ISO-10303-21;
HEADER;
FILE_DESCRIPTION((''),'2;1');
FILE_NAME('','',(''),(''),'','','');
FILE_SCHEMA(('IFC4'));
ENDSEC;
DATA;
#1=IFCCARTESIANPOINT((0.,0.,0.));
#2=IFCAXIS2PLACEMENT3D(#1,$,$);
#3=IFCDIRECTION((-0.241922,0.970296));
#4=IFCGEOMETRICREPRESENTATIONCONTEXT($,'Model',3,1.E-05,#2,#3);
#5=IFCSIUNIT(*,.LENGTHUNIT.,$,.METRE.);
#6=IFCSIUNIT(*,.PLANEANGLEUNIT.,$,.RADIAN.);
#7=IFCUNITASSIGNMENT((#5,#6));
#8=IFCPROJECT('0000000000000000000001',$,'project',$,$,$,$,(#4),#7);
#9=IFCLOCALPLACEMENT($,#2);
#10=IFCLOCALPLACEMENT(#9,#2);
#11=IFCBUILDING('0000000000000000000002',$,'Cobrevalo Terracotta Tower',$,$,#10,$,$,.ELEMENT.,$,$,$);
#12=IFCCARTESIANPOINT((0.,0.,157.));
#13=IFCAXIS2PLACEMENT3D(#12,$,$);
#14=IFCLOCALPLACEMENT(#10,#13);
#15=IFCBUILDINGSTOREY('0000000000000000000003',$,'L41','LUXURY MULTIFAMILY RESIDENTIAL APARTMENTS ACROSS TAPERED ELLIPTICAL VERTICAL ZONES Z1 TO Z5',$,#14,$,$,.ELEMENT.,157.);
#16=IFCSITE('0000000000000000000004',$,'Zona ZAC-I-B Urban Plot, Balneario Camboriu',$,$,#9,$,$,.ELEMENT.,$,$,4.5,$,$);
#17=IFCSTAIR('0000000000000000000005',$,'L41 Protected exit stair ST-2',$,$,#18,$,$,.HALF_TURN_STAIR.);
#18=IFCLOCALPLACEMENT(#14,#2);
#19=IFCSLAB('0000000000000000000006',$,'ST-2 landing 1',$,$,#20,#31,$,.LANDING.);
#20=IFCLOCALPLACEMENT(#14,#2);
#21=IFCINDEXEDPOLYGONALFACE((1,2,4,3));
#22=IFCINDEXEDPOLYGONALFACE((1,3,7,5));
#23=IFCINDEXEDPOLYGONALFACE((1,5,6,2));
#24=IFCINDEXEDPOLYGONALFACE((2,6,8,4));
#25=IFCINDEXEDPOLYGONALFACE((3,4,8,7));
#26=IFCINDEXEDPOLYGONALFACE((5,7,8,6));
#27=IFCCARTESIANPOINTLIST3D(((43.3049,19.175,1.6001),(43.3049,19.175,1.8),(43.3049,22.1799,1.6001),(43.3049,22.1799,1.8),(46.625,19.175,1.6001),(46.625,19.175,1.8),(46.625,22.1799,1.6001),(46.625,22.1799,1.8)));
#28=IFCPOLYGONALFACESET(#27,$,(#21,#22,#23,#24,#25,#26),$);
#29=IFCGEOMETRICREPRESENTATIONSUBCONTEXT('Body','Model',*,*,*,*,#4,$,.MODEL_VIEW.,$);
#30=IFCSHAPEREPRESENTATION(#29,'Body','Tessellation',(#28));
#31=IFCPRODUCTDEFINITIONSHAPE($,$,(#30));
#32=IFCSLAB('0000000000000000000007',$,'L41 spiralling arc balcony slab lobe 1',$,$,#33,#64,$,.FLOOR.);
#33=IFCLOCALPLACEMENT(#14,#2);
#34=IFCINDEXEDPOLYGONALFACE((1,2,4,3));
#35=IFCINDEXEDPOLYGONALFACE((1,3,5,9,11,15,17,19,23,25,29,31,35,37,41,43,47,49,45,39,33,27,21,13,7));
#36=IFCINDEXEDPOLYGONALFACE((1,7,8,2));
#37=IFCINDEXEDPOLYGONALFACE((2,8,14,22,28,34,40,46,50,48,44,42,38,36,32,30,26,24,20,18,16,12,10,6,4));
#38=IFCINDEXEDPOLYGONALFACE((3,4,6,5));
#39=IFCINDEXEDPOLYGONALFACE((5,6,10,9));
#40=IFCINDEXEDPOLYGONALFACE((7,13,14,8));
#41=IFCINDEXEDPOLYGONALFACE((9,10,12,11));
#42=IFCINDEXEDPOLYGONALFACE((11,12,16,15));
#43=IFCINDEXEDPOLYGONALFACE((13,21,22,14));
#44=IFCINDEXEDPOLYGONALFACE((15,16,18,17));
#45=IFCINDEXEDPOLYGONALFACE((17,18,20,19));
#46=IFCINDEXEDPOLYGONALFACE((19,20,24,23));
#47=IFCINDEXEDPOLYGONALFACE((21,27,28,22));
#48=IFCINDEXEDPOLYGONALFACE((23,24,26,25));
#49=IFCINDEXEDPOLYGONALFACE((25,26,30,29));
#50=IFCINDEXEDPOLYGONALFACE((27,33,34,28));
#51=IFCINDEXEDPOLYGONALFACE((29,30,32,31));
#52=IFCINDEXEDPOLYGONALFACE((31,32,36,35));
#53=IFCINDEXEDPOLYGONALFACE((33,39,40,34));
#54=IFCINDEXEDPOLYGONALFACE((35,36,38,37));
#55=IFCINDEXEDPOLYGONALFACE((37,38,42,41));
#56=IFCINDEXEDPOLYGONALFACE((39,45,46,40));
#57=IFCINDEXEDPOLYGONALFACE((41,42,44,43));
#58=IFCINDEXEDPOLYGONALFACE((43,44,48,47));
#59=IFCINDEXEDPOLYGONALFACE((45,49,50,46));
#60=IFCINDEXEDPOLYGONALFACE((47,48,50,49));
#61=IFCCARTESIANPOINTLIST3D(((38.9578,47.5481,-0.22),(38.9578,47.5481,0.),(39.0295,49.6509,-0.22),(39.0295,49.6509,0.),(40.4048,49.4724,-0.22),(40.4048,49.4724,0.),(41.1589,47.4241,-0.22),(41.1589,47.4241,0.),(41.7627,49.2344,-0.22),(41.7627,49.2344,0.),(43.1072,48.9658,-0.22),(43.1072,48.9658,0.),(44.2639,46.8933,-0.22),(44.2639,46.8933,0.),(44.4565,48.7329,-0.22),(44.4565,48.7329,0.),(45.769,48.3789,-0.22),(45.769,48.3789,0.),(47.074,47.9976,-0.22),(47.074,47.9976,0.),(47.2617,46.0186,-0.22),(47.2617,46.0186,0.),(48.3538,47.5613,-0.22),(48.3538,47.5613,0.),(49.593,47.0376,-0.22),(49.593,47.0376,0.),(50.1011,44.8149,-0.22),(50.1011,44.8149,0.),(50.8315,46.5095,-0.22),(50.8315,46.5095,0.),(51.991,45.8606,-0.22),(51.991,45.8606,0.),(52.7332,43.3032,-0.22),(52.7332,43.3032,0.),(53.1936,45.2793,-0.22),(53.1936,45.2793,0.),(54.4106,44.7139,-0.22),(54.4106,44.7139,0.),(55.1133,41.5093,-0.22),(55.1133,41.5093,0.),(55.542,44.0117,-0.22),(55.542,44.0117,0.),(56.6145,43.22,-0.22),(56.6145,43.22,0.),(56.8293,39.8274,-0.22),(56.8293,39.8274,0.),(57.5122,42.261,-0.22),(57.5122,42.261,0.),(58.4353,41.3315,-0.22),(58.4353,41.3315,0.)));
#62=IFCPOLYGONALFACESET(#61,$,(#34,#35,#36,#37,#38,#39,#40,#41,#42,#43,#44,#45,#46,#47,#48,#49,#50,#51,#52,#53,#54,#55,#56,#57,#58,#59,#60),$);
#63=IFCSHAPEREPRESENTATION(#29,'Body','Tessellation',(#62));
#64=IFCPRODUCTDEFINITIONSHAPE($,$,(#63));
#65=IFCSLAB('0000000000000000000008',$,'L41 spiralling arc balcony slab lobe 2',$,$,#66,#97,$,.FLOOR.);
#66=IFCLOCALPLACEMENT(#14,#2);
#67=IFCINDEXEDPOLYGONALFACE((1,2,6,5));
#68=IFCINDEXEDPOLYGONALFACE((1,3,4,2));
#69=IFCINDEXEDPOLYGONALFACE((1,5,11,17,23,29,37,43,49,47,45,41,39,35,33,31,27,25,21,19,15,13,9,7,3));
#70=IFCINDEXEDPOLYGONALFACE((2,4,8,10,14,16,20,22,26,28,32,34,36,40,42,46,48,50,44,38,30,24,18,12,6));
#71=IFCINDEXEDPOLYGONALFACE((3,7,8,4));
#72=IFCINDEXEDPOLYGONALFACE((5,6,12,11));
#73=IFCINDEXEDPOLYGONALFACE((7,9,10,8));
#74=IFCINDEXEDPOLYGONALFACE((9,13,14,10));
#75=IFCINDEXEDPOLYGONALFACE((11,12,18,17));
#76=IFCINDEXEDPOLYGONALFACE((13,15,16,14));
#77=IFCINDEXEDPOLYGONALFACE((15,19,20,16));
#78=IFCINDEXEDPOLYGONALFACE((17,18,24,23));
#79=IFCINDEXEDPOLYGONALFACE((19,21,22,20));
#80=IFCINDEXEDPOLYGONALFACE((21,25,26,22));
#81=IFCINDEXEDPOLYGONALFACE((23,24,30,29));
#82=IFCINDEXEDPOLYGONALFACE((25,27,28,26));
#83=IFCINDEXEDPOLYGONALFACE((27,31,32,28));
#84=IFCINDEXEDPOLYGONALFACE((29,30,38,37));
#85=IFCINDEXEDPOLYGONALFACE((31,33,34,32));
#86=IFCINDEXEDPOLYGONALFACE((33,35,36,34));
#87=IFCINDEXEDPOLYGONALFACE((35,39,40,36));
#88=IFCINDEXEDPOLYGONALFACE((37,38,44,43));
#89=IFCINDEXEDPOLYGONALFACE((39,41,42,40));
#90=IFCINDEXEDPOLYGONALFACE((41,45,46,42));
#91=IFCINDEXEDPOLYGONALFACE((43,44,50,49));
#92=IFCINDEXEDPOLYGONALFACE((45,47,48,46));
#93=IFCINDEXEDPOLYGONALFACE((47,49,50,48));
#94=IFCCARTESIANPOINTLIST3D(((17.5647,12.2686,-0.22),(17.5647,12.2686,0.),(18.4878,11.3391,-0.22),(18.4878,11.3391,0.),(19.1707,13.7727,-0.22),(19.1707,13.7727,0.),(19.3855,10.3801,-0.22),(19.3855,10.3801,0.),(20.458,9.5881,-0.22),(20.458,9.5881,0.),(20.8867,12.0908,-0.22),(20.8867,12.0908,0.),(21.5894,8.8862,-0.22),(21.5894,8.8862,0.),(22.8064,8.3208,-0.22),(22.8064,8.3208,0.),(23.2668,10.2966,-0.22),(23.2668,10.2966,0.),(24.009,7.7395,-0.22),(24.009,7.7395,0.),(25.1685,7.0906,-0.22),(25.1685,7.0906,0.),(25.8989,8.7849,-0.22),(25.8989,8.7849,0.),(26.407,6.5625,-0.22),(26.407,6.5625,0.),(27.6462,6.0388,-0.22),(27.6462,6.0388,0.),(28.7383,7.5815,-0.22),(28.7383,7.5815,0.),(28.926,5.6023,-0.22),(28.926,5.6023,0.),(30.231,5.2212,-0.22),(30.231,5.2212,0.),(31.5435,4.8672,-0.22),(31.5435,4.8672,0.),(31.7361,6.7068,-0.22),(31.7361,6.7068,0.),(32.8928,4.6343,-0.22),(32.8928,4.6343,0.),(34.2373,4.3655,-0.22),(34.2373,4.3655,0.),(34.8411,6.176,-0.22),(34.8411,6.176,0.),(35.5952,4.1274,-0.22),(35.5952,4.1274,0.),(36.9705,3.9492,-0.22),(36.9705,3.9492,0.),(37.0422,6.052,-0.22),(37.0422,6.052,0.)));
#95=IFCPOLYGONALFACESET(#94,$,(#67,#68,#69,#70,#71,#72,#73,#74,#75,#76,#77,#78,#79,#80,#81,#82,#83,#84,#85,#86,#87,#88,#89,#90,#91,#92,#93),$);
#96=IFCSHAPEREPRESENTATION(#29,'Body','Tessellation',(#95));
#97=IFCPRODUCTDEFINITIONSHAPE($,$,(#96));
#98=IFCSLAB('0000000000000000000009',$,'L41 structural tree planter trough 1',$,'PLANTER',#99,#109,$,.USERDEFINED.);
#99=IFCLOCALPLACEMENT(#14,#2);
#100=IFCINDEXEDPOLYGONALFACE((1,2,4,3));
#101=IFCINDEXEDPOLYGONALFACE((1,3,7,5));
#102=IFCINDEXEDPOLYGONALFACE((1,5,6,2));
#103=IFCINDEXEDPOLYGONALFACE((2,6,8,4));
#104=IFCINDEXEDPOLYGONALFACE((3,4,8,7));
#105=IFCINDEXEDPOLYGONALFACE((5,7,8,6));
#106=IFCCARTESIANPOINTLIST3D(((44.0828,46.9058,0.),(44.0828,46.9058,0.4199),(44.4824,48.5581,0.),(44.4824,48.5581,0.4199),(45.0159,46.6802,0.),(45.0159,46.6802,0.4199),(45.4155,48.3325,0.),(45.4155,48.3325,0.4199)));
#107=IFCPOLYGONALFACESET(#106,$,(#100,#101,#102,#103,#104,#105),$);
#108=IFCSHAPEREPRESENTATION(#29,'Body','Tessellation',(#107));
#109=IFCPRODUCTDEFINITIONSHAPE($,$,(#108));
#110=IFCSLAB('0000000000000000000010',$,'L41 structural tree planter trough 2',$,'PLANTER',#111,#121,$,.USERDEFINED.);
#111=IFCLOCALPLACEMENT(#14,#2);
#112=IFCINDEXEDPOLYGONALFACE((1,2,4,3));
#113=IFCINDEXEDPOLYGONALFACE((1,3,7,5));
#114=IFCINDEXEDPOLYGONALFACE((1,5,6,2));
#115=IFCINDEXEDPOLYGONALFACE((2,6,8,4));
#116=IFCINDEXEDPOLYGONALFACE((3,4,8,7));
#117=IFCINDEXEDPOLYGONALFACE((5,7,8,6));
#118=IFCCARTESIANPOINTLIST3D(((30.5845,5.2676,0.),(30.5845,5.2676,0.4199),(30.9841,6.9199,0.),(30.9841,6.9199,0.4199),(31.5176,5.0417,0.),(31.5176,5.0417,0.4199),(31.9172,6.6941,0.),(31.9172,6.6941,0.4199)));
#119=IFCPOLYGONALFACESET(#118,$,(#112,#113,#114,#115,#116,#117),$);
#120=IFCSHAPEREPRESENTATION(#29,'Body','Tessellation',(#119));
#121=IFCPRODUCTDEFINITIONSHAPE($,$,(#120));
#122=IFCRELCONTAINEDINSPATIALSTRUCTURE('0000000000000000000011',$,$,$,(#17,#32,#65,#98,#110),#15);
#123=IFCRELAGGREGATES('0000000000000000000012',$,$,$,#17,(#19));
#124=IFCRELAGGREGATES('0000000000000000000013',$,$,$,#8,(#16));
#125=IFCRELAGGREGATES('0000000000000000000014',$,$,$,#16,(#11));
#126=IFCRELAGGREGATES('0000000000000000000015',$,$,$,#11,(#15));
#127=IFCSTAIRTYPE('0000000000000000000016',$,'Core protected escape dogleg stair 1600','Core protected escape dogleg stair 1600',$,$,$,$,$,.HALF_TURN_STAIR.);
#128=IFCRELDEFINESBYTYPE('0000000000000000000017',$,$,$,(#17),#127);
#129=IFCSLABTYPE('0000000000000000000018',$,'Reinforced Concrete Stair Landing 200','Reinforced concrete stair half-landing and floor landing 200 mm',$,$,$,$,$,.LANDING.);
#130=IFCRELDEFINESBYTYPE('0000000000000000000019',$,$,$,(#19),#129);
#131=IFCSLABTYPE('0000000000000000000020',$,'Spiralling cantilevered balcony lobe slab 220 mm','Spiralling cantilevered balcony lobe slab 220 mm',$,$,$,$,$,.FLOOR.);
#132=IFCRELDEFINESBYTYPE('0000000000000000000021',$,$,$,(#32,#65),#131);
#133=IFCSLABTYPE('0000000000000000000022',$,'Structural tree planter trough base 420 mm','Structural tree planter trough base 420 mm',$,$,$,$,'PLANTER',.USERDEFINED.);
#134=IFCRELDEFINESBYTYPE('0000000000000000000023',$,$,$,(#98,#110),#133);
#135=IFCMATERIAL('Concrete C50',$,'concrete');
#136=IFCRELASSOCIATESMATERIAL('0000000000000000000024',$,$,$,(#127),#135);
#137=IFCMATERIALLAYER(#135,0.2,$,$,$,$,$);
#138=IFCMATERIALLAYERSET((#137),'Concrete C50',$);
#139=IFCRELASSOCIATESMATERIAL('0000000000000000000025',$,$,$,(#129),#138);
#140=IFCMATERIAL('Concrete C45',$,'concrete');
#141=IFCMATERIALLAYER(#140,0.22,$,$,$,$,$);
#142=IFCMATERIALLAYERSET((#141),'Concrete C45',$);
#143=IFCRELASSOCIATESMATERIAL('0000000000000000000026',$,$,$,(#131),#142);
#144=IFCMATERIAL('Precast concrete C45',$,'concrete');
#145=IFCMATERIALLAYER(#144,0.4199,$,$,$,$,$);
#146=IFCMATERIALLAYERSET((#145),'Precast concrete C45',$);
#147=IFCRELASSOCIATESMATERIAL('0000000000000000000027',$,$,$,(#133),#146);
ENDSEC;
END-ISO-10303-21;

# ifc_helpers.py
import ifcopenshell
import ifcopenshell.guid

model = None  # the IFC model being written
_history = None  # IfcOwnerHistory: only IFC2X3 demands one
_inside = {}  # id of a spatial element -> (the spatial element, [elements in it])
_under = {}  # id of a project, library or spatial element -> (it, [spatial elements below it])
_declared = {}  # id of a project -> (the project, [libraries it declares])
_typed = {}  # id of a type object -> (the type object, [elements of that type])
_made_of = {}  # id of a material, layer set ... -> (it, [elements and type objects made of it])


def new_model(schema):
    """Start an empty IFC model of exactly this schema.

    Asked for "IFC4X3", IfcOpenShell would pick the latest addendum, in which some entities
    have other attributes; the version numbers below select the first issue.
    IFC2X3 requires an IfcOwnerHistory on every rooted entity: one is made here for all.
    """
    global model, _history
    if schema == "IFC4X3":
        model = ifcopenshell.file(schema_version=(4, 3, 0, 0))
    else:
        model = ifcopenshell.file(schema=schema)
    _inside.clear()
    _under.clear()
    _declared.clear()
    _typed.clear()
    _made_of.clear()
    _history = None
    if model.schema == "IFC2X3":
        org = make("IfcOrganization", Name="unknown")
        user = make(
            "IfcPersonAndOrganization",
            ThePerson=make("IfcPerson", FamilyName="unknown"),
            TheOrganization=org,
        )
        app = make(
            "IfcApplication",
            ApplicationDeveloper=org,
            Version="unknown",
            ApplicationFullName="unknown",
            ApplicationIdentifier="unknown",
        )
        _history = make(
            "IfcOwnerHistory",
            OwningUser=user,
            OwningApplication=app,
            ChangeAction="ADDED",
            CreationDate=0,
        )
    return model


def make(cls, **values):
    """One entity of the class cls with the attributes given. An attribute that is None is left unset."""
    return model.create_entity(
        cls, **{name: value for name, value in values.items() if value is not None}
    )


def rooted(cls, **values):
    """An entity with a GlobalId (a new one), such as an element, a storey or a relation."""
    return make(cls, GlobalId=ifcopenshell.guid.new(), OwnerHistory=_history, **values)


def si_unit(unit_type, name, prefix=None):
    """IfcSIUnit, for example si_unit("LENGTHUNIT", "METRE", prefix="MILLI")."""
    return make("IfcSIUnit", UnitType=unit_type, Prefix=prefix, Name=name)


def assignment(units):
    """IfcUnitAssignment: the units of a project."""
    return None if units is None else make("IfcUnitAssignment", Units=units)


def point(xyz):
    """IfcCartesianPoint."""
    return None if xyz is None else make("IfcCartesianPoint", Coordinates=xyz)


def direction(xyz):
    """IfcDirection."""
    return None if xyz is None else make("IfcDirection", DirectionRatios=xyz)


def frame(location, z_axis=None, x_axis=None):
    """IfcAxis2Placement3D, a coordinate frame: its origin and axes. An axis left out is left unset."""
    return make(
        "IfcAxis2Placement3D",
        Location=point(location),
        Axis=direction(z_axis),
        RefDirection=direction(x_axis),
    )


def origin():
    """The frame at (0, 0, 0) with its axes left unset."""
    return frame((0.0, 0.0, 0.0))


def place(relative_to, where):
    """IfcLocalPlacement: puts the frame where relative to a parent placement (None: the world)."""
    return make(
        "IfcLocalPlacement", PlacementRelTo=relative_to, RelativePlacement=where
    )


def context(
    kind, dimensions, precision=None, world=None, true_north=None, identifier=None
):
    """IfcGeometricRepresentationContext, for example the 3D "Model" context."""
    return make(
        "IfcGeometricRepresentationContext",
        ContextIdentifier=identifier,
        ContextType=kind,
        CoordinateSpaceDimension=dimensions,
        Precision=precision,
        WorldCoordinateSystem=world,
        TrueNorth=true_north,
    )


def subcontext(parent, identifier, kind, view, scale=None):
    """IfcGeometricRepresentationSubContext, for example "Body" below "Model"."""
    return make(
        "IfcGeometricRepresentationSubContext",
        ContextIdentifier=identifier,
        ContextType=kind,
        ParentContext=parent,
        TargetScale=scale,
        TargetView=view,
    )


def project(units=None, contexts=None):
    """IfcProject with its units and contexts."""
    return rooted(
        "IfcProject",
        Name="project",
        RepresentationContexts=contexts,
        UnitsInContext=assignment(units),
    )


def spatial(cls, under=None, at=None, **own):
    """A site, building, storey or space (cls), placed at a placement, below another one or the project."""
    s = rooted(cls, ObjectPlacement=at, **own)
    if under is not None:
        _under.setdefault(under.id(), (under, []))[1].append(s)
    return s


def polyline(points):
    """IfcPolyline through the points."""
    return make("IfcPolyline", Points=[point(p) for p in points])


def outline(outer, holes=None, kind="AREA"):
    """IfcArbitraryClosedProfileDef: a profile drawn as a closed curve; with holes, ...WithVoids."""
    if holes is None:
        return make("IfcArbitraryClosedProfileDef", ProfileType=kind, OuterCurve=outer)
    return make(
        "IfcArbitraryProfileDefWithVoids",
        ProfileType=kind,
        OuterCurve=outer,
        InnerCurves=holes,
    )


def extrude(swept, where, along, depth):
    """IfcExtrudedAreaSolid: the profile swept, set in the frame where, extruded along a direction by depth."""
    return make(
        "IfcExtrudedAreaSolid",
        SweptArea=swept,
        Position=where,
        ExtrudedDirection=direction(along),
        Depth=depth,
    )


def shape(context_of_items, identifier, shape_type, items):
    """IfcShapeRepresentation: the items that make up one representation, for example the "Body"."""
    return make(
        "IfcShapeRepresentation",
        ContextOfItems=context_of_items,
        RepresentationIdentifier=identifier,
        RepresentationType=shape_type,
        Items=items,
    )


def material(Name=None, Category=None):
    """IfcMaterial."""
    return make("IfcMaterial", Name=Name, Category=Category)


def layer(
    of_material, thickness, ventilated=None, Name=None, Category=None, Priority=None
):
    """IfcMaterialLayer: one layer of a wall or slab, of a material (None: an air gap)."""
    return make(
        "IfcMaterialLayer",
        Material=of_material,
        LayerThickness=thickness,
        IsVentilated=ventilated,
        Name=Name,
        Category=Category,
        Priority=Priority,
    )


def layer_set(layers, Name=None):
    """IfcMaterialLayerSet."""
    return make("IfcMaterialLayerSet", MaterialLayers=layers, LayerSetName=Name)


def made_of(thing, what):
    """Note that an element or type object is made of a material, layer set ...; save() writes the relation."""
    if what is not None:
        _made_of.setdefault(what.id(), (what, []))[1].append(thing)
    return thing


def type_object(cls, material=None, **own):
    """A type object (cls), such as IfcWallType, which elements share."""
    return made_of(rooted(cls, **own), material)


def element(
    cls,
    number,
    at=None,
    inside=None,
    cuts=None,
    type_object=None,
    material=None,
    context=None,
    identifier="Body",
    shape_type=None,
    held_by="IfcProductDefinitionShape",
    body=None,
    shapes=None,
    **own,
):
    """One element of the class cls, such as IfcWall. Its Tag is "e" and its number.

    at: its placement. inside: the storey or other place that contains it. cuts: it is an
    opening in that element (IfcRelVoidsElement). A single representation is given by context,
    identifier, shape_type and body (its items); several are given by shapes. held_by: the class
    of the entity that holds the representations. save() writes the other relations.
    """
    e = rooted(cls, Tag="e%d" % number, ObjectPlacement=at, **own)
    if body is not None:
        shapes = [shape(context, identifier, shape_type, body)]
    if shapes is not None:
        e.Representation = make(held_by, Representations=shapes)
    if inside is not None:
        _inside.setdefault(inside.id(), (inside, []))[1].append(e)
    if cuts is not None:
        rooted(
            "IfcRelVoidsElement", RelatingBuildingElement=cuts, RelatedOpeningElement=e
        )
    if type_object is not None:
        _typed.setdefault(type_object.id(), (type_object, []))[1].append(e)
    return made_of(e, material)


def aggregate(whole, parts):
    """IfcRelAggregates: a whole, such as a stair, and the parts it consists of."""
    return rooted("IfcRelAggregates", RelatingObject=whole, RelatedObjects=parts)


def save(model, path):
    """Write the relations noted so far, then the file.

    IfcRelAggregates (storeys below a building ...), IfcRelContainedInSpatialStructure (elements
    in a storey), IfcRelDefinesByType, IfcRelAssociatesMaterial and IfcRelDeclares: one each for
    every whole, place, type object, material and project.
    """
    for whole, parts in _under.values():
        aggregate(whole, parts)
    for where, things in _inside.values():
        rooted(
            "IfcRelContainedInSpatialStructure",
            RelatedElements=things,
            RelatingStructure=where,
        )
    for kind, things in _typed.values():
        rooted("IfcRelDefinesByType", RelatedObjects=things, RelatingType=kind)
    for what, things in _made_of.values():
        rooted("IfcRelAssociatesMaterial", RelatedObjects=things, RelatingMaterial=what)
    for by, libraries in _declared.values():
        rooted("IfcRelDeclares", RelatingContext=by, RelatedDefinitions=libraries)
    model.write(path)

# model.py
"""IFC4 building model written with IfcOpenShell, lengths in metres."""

from ifc_helpers import new_model, si_unit, direction, frame, origin, place, context, subcontext, project, spatial, polyline, outline, extrude, material, layer, layer_set, type_object, element, aggregate, save


model = new_model("IFC4")

# Units and contexts
model_context = context("Model", 3, precision=1e-05, world=origin(), true_north=direction((-0.241922, 0.970296)))
body_context = subcontext(model_context, "Body", "Model", "MODEL_VIEW")
ifc_project = project(units=[si_unit("LENGTHUNIT", "METRE"), si_unit("PLANEANGLEUNIT", "RADIAN")], contexts=[model_context])

# Site, building, storey
site_placement = place(None, origin())
site = spatial("IfcSite", under=ifc_project, at=site_placement, Name="Zona ZAC-I-B Urban Plot, Balneario Camboriu", CompositionType="ELEMENT", RefElevation=4.5)
building_placement = place(site_placement, origin())
building = spatial("IfcBuilding", under=site, at=building_placement, Name="Cobrevalo Terracotta Tower", CompositionType="ELEMENT")
storey_placement = place(building_placement, frame((0.0, 0.0, 157.0)))
storey = spatial("IfcBuildingStorey", under=building, at=storey_placement, Name="L41", Description="LUXURY MULTIFAMILY RESIDENTIAL APARTMENTS ACROSS TAPERED ELLIPTICAL VERTICAL ZONES Z1 TO Z5", CompositionType="ELEMENT", Elevation=157.0)

# Stair, slab
ifc_material_1 = material(Name="Concrete C50", Category="concrete")
stair_type = type_object("IfcStairType", Name="Core protected escape dogleg stair 1600", Description="Core protected escape dogleg stair 1600", PredefinedType="HALF_TURN_STAIR", material=ifc_material_1)
ifc_layer_1 = layer(ifc_material_1, 0.2)
ifc_layer_set_1 = layer_set([ifc_layer_1], Name="Concrete C50")
slab_type_1 = type_object("IfcSlabType", Name="Reinforced Concrete Stair Landing 200", Description="Reinforced concrete stair half-landing and floor landing 200 mm", PredefinedType="LANDING", material=ifc_layer_set_1)
stair_1_placement = place(storey_placement, origin())
stair_1 = element("IfcStair", 1, at=stair_1_placement, inside=storey, type_object=stair_type, Name="L41 Protected exit stair ST-2", PredefinedType="HALF_TURN_STAIR")
slab_1_placement = place(storey_placement, frame((0.0, 0.0, 1.6001)))
slab_1 = element("IfcSlab", 2, at=slab_1_placement, type_object=slab_type_1, Name="ST-2 landing 1", PredefinedType="LANDING", context=body_context, shape_type="SweptSolid", body=[
    extrude(outline(polyline([(43.3049, 22.1799), (43.3049, 19.175), (46.625, 19.175), (46.625, 22.1799), (43.3049, 22.1799)])), origin(), (0.0, 0.0, 1.0), 0.2),
])
aggregate(stair_1, [slab_1])

# Slabs
ifc_material_2 = material(Name="Concrete C45", Category="concrete")
ifc_layer_2 = layer(ifc_material_2, 0.22)
ifc_layer_set_2 = layer_set([ifc_layer_2], Name="Concrete C45")
slab_type_2 = type_object("IfcSlabType", Name="Spiralling cantilevered balcony lobe slab 220 mm", Description="Spiralling cantilevered balcony lobe slab 220 mm", PredefinedType="FLOOR", material=ifc_layer_set_2)
slab_2_placement = place(storey_placement, frame((0.0, 0.0, -0.22)))
element("IfcSlab", 3, at=slab_2_placement, inside=storey, type_object=slab_type_2, Name="L41 spiralling arc balcony slab lobe 1", PredefinedType="FLOOR", context=body_context, shape_type="SweptSolid", body=[
    extrude(outline(polyline([(58.4353, 41.3315), (57.5122, 42.261), (56.6145, 43.22), (55.542, 44.0117), (54.4106, 44.7139), (53.1936, 45.2793), (51.991, 45.8606), (50.8315, 46.5095), (49.593, 47.0376), (48.3538, 47.5613), (47.074, 47.9976), (45.769, 48.3789), (44.4565, 48.7329), (43.1072, 48.9658), (41.7627, 49.2344), (40.4048, 49.4724), (39.0295, 49.6509), (38.9578, 47.5481), (41.1589, 47.4241), (44.2639, 46.8933), (47.2617, 46.0186), (50.1011, 44.8149), (52.7332, 43.3032), (55.1133, 41.5093), (56.8293, 39.8274), (58.4353, 41.3315)])), origin(), (0.0, 0.0, 1.0), 0.22),
])
slab_3_placement = place(storey_placement, frame((0.0, 0.0, -0.22)))
element("IfcSlab", 4, at=slab_3_placement, inside=storey, type_object=slab_type_2, Name="L41 spiralling arc balcony slab lobe 2", PredefinedType="FLOOR", context=body_context, shape_type="SweptSolid", body=[
    extrude(outline(polyline([(17.5647, 12.2686), (18.4878, 11.3391), (19.3855, 10.3801), (20.458, 9.5881), (21.5894, 8.8862), (22.8064, 8.3208), (24.009, 7.7395), (25.1685, 7.0906), (26.407, 6.5625), (27.6462, 6.0388), (28.926, 5.6023), (30.231, 5.2212), (31.5435, 4.8672), (32.8928, 4.6343), (34.2373, 4.3655), (35.5952, 4.1274), (36.9705, 3.9492), (37.0422, 6.052), (34.8411, 6.176), (31.7361, 6.7068), (28.7383, 7.5815), (25.8989, 8.7849), (23.2668, 10.2966), (20.8867, 12.0908), (19.1707, 13.7727), (17.5647, 12.2686)])), origin(), (0.0, 0.0, 1.0), 0.22),
])
ifc_material_3 = material(Name="Precast concrete C45", Category="concrete")
ifc_layer_3 = layer(ifc_material_3, 0.4199)
ifc_layer_set_3 = layer_set([ifc_layer_3], Name="Precast concrete C45")
slab_type_3 = type_object("IfcSlabType", Name="Structural tree planter trough base 420 mm", Description="Structural tree planter trough base 420 mm", ElementType="PLANTER", PredefinedType="USERDEFINED", material=ifc_layer_set_3)
slab_4_placement = place(storey_placement, origin())
element("IfcSlab", 5, at=slab_4_placement, inside=storey, type_object=slab_type_3, Name="L41 structural tree planter trough 1", ObjectType="PLANTER", PredefinedType="USERDEFINED", context=body_context, shape_type="SweptSolid", body=[
    extrude(outline(polyline([(45.0159, 46.6802), (45.4155, 48.3325), (44.4824, 48.5581), (44.0828, 46.9058), (45.0159, 46.6802)])), origin(), (0.0, 0.0, 1.0), 0.4199),
])
slab_5_placement = place(storey_placement, origin())
element("IfcSlab", 6, at=slab_5_placement, inside=storey, type_object=slab_type_3, Name="L41 structural tree planter trough 2", ObjectType="PLANTER", PredefinedType="USERDEFINED", context=body_context, shape_type="SweptSolid", body=[
    extrude(outline(polyline([(30.9841, 6.9199), (30.5845, 5.2676), (31.5176, 5.0417), (31.9172, 6.6941), (30.9841, 6.9199)])), origin(), (0.0, 0.0, 1.0), 0.4199),
])

save(model, "model.ifc")
